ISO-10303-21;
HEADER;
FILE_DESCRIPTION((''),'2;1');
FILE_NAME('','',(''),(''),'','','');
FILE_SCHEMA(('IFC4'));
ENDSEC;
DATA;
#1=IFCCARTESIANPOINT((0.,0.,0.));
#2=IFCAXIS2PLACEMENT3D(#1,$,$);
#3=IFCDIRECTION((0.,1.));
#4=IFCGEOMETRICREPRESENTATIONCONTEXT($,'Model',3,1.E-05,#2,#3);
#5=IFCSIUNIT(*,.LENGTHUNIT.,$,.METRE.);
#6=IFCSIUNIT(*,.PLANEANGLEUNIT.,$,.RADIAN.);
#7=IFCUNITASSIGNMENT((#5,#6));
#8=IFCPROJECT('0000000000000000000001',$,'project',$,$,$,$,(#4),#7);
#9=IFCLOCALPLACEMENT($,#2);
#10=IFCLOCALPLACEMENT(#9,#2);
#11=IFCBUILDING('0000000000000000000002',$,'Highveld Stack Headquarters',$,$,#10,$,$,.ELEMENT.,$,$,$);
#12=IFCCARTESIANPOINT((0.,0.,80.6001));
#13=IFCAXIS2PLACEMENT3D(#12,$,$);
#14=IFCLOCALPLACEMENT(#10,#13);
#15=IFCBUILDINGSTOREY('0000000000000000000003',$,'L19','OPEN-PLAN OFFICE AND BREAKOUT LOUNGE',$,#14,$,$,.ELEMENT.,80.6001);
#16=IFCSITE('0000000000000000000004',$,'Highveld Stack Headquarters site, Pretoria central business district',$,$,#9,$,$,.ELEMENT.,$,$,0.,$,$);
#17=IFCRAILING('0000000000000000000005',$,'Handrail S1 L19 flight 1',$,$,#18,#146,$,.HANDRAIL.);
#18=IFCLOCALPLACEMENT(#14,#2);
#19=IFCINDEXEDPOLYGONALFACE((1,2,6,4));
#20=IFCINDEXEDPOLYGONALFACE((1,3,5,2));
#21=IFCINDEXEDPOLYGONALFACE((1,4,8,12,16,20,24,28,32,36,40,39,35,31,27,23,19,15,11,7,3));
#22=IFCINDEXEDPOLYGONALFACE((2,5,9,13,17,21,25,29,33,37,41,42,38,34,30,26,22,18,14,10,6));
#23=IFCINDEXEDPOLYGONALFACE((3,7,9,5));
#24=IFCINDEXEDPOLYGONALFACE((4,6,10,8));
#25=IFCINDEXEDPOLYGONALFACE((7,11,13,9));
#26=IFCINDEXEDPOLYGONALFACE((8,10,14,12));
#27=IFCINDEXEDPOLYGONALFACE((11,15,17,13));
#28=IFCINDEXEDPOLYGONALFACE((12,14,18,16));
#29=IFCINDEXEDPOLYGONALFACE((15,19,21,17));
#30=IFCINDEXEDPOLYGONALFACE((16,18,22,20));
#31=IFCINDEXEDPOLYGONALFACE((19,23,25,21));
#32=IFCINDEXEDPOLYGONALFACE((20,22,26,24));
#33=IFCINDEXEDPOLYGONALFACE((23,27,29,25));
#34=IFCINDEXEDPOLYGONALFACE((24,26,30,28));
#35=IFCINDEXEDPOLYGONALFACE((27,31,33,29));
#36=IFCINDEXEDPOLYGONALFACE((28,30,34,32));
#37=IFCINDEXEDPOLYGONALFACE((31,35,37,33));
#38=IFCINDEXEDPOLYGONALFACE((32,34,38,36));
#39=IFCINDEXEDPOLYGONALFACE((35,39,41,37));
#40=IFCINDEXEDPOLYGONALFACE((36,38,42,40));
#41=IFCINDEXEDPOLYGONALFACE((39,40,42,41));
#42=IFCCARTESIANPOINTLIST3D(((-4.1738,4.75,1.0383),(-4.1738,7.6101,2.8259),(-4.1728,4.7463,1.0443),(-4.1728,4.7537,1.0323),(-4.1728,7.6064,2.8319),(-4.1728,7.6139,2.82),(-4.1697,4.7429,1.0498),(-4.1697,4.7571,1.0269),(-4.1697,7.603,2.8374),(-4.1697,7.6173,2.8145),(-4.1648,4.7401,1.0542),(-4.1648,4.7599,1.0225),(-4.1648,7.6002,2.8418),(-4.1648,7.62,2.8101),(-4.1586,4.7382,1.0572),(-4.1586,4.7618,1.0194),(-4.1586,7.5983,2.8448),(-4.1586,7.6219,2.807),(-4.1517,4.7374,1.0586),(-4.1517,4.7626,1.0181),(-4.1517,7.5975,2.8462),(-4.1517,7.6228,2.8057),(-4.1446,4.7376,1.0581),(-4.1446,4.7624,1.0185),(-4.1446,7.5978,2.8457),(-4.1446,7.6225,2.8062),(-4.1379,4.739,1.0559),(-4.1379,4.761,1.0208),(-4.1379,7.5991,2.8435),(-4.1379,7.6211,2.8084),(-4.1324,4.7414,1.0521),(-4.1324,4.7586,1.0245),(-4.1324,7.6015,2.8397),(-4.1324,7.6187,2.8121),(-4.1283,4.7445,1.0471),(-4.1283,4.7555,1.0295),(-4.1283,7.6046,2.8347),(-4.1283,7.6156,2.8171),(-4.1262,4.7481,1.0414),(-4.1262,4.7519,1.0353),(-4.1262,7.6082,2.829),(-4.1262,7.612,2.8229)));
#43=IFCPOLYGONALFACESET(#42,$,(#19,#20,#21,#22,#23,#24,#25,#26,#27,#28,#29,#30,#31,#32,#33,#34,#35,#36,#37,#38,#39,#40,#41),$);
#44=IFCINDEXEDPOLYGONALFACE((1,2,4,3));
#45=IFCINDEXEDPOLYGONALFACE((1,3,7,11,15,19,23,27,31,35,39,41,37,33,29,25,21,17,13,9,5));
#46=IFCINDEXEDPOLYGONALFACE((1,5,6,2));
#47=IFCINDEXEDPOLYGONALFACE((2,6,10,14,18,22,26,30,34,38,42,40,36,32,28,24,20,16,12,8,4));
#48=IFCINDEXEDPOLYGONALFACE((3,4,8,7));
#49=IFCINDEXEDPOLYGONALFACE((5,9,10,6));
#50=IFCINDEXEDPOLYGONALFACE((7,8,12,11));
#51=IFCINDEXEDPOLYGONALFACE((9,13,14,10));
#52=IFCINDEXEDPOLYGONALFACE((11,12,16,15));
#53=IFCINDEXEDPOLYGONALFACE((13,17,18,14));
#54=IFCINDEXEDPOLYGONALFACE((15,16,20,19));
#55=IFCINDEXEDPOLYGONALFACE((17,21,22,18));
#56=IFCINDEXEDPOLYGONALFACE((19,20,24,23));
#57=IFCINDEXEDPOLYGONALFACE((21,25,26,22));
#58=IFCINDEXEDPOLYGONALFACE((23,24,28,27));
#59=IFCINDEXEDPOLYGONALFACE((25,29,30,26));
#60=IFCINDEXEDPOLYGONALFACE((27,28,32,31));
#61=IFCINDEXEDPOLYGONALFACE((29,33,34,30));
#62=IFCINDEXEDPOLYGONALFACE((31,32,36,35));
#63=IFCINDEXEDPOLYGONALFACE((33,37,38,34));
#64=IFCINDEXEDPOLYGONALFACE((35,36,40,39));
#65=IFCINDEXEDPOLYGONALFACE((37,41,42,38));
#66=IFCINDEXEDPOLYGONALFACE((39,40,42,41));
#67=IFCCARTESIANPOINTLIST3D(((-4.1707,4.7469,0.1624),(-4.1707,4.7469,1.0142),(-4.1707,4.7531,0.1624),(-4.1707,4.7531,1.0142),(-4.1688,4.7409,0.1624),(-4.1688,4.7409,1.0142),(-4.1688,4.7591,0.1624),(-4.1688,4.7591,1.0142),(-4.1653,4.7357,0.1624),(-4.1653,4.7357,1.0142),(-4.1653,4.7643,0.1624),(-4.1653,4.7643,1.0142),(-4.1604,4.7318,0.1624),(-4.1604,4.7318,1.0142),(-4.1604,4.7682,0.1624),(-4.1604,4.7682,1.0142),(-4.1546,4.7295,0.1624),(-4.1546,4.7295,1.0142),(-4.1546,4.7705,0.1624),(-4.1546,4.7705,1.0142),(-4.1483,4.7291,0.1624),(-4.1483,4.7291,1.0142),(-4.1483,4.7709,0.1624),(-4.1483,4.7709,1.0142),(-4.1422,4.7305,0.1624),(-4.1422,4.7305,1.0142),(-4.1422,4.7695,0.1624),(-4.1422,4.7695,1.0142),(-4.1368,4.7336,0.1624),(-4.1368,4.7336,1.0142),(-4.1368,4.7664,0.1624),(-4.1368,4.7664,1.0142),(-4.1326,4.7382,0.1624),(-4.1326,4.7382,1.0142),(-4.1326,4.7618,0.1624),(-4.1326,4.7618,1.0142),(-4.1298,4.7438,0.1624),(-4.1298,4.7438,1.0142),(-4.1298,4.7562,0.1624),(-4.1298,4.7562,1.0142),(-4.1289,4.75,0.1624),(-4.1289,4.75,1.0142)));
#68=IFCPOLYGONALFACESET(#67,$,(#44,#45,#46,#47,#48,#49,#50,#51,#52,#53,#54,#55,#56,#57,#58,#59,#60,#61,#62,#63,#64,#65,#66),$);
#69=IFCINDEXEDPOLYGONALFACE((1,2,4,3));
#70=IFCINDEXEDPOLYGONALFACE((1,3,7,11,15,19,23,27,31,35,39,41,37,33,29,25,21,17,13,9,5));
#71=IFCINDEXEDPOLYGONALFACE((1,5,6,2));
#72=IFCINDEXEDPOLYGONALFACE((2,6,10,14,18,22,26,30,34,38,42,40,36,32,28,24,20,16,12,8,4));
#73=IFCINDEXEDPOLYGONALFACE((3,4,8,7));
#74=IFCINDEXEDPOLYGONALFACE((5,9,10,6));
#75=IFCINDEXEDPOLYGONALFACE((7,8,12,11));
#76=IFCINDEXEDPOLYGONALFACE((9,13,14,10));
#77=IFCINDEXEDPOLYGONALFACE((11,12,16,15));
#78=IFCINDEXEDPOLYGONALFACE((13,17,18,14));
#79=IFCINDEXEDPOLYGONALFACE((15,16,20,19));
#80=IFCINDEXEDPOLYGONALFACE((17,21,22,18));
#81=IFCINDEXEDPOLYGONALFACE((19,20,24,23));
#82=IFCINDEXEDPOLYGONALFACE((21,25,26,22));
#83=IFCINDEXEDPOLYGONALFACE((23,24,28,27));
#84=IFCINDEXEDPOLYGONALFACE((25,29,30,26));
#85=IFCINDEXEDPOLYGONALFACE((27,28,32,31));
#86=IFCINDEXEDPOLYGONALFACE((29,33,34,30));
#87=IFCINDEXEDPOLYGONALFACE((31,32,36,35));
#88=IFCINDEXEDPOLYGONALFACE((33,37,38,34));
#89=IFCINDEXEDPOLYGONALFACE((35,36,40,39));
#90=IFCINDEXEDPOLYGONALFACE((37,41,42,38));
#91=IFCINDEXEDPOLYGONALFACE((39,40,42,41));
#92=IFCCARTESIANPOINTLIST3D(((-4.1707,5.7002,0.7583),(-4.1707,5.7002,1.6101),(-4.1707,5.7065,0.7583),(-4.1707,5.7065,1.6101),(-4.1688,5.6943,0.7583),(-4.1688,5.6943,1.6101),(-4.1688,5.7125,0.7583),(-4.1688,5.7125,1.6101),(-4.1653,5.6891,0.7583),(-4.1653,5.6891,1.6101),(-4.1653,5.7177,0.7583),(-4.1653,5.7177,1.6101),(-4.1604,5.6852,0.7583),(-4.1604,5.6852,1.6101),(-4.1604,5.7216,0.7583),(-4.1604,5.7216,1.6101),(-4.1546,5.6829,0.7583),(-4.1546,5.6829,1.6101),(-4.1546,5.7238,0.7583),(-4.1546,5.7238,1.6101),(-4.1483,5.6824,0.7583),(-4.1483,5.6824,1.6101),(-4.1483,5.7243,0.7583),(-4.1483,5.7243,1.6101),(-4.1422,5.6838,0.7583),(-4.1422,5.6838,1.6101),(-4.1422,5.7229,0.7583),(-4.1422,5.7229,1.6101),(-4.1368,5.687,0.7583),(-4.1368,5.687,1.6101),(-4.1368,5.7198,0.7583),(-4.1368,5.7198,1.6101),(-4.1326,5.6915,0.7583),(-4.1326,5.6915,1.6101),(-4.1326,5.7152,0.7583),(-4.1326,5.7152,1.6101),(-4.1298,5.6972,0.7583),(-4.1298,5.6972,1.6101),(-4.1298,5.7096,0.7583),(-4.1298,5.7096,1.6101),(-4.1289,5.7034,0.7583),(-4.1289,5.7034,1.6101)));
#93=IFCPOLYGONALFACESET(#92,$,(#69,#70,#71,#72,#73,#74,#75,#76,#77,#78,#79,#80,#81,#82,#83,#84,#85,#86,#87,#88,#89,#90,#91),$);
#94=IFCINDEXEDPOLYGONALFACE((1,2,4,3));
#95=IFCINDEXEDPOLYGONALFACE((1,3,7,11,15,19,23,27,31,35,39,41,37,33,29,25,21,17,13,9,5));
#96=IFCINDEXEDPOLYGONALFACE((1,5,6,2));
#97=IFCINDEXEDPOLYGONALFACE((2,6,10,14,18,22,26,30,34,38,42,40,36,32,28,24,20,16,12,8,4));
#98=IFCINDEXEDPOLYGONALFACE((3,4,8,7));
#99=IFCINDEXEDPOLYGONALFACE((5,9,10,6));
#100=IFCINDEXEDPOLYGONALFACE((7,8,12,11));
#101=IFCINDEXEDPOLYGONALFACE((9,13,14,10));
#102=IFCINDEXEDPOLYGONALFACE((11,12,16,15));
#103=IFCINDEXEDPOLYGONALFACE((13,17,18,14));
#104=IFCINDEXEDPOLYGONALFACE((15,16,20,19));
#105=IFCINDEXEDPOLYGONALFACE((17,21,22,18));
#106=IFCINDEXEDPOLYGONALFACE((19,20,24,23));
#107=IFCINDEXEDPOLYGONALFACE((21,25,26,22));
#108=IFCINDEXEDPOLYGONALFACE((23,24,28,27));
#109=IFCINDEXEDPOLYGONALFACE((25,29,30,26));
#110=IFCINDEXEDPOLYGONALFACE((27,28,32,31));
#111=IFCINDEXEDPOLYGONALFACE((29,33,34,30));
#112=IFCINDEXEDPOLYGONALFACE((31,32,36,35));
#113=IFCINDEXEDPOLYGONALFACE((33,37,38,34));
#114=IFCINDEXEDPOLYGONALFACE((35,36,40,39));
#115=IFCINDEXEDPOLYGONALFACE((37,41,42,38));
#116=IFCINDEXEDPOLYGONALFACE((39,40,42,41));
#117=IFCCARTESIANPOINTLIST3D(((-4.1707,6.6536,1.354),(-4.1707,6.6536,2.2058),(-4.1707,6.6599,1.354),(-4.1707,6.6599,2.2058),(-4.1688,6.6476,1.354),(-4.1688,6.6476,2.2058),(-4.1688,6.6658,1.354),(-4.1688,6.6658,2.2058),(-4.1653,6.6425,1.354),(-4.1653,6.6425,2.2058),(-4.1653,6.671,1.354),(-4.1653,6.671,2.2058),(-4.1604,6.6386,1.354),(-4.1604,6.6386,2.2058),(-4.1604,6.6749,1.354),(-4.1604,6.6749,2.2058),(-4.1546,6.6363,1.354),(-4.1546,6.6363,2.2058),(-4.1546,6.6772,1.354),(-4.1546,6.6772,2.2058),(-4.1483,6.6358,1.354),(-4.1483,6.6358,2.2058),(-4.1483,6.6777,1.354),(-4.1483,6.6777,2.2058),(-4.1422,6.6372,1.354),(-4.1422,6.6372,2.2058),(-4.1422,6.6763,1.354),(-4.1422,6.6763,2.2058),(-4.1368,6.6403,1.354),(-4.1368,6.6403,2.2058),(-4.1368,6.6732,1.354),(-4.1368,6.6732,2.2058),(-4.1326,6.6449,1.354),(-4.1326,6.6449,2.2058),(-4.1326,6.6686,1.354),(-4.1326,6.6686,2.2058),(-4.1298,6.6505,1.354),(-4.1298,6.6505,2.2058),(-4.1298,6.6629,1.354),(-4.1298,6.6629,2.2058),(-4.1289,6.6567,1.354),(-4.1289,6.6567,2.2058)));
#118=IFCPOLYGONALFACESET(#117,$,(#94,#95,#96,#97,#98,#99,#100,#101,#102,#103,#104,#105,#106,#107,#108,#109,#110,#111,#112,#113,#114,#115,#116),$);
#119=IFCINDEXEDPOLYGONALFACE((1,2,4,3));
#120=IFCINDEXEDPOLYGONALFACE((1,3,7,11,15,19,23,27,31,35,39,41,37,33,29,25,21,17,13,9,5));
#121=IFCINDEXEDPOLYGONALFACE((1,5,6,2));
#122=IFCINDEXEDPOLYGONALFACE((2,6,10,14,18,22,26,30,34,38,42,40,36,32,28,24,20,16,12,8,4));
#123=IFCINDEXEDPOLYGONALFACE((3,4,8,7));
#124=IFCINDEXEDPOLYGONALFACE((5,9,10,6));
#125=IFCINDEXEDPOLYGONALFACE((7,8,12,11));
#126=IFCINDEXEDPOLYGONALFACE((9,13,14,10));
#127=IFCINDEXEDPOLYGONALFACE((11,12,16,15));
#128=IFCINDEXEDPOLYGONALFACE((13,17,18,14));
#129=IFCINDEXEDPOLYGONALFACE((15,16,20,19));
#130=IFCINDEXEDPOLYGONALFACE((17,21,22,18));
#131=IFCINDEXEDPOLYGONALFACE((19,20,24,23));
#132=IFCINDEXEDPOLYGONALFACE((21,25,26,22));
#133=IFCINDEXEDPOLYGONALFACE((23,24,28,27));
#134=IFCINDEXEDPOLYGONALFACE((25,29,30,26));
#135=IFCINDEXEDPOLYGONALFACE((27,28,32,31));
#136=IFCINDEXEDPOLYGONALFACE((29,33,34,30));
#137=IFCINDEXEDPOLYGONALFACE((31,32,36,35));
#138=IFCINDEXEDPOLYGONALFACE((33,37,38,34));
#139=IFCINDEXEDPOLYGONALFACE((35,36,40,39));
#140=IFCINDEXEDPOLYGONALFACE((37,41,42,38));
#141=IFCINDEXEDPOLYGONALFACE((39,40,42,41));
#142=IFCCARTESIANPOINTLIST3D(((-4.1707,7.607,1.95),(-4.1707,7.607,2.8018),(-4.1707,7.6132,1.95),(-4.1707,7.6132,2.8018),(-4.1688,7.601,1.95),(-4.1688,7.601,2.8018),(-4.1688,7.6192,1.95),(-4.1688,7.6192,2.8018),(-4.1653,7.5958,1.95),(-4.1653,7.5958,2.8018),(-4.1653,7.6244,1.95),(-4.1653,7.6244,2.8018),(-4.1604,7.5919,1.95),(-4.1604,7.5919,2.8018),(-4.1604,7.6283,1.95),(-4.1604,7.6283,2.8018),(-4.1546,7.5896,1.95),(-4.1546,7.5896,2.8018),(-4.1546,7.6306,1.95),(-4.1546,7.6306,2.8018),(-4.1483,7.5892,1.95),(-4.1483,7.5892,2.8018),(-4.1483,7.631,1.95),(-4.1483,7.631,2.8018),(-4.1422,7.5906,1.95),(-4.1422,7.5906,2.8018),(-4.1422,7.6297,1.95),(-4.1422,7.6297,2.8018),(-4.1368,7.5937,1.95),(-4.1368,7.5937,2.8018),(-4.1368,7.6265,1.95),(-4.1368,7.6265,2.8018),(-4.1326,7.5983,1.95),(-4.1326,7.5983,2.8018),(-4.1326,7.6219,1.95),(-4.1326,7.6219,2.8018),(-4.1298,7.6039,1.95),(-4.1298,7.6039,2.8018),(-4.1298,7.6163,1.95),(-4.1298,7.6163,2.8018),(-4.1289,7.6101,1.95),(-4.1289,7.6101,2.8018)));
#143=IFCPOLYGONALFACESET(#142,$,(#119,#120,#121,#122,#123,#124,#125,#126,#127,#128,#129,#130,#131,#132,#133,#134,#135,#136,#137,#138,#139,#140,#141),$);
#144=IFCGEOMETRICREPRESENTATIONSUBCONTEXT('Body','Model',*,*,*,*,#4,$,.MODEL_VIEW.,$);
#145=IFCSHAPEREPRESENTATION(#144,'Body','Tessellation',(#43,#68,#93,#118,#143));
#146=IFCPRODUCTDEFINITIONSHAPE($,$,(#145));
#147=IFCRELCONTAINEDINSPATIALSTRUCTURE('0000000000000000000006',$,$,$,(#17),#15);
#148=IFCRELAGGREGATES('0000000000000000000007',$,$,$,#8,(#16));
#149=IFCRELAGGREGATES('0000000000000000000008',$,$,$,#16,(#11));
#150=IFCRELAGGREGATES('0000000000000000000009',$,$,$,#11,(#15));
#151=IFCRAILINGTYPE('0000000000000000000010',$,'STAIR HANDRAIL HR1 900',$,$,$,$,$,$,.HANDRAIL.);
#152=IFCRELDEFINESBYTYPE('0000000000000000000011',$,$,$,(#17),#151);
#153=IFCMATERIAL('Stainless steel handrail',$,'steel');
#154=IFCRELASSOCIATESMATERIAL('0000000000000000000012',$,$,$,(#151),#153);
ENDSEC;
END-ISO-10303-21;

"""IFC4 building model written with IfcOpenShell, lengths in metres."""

from ifc_helpers import new_model, si_unit, direction, frame, origin, origin_2d, place, context, subcontext, project, spatial, circle, extrude, material, type_object, element, save


model = new_model("IFC4")

# Units and contexts
model_context = context("Model", 3, precision=1e-05, world=origin(), true_north=direction((0.0, 1.0)))
body_context = subcontext(model_context, "Body", "Model", "MODEL_VIEW")
ifc_project = project(units=[si_unit("LENGTHUNIT", "METRE"), si_unit("PLANEANGLEUNIT", "RADIAN")], contexts=[model_context])

# Site, building, storey
site_placement = place(None, origin())
site = spatial("IfcSite", under=ifc_project, at=site_placement, Name="Highveld Stack Headquarters site, Pretoria central business district", CompositionType="ELEMENT", RefElevation=0.0)
building_placement = place(site_placement, origin())
building = spatial("IfcBuilding", under=site, at=building_placement, Name="Highveld Stack Headquarters", CompositionType="ELEMENT")
storey_placement = place(building_placement, frame((0.0, 0.0, 80.6001)))
storey = spatial("IfcBuildingStorey", under=building, at=storey_placement, Name="L19", Description="OPEN-PLAN OFFICE AND BREAKOUT LOUNGE", CompositionType="ELEMENT", Elevation=80.6001)

# Railing
ifc_material_1 = material(Name="Stainless steel handrail", Category="steel")
railing_type = type_object("IfcRailingType", Name="STAIR HANDRAIL HR1 900", PredefinedType="HANDRAIL", material=ifc_material_1)
for number, where, name in (
    (1, (-4.1499, 4.75, 0.1624), "Handrail S1 L19 flight 1"),
):
    element("IfcRailing", number, at=place(storey_placement, frame(where)), inside=storey, type_object=railing_type, Name=name, PredefinedType="HANDRAIL", context=body_context, shape_type="SweptSolid", body=[
        extrude(circle(Radius=0.0239, at=origin_2d()), frame((0.0, 0.0, 0.876), z_axis=(0.0, 0.847994, 0.530005), x_axis=(-1.0, 0.0, 0.0)), (0.0, 0.0, 1.0), 3.3728),
        extrude(circle(Radius=0.021, at=origin_2d()), origin(), (0.0, 0.0, 1.0), 0.8518),
        extrude(circle(Radius=0.021, at=origin_2d()), frame((0.0, 0.9534, 0.5959)), (0.0, 0.0, 1.0), 0.8518),
        extrude(circle(Radius=0.021, at=origin_2d()), frame((0.0, 1.9067, 1.1917)), (0.0, 0.0, 1.0), 0.8518),
        extrude(circle(Radius=0.021, at=origin_2d()), frame((0.0, 2.8601, 1.7876)), (0.0, 0.0, 1.0), 0.8518),
    ])

save(model, "model.ifc")
